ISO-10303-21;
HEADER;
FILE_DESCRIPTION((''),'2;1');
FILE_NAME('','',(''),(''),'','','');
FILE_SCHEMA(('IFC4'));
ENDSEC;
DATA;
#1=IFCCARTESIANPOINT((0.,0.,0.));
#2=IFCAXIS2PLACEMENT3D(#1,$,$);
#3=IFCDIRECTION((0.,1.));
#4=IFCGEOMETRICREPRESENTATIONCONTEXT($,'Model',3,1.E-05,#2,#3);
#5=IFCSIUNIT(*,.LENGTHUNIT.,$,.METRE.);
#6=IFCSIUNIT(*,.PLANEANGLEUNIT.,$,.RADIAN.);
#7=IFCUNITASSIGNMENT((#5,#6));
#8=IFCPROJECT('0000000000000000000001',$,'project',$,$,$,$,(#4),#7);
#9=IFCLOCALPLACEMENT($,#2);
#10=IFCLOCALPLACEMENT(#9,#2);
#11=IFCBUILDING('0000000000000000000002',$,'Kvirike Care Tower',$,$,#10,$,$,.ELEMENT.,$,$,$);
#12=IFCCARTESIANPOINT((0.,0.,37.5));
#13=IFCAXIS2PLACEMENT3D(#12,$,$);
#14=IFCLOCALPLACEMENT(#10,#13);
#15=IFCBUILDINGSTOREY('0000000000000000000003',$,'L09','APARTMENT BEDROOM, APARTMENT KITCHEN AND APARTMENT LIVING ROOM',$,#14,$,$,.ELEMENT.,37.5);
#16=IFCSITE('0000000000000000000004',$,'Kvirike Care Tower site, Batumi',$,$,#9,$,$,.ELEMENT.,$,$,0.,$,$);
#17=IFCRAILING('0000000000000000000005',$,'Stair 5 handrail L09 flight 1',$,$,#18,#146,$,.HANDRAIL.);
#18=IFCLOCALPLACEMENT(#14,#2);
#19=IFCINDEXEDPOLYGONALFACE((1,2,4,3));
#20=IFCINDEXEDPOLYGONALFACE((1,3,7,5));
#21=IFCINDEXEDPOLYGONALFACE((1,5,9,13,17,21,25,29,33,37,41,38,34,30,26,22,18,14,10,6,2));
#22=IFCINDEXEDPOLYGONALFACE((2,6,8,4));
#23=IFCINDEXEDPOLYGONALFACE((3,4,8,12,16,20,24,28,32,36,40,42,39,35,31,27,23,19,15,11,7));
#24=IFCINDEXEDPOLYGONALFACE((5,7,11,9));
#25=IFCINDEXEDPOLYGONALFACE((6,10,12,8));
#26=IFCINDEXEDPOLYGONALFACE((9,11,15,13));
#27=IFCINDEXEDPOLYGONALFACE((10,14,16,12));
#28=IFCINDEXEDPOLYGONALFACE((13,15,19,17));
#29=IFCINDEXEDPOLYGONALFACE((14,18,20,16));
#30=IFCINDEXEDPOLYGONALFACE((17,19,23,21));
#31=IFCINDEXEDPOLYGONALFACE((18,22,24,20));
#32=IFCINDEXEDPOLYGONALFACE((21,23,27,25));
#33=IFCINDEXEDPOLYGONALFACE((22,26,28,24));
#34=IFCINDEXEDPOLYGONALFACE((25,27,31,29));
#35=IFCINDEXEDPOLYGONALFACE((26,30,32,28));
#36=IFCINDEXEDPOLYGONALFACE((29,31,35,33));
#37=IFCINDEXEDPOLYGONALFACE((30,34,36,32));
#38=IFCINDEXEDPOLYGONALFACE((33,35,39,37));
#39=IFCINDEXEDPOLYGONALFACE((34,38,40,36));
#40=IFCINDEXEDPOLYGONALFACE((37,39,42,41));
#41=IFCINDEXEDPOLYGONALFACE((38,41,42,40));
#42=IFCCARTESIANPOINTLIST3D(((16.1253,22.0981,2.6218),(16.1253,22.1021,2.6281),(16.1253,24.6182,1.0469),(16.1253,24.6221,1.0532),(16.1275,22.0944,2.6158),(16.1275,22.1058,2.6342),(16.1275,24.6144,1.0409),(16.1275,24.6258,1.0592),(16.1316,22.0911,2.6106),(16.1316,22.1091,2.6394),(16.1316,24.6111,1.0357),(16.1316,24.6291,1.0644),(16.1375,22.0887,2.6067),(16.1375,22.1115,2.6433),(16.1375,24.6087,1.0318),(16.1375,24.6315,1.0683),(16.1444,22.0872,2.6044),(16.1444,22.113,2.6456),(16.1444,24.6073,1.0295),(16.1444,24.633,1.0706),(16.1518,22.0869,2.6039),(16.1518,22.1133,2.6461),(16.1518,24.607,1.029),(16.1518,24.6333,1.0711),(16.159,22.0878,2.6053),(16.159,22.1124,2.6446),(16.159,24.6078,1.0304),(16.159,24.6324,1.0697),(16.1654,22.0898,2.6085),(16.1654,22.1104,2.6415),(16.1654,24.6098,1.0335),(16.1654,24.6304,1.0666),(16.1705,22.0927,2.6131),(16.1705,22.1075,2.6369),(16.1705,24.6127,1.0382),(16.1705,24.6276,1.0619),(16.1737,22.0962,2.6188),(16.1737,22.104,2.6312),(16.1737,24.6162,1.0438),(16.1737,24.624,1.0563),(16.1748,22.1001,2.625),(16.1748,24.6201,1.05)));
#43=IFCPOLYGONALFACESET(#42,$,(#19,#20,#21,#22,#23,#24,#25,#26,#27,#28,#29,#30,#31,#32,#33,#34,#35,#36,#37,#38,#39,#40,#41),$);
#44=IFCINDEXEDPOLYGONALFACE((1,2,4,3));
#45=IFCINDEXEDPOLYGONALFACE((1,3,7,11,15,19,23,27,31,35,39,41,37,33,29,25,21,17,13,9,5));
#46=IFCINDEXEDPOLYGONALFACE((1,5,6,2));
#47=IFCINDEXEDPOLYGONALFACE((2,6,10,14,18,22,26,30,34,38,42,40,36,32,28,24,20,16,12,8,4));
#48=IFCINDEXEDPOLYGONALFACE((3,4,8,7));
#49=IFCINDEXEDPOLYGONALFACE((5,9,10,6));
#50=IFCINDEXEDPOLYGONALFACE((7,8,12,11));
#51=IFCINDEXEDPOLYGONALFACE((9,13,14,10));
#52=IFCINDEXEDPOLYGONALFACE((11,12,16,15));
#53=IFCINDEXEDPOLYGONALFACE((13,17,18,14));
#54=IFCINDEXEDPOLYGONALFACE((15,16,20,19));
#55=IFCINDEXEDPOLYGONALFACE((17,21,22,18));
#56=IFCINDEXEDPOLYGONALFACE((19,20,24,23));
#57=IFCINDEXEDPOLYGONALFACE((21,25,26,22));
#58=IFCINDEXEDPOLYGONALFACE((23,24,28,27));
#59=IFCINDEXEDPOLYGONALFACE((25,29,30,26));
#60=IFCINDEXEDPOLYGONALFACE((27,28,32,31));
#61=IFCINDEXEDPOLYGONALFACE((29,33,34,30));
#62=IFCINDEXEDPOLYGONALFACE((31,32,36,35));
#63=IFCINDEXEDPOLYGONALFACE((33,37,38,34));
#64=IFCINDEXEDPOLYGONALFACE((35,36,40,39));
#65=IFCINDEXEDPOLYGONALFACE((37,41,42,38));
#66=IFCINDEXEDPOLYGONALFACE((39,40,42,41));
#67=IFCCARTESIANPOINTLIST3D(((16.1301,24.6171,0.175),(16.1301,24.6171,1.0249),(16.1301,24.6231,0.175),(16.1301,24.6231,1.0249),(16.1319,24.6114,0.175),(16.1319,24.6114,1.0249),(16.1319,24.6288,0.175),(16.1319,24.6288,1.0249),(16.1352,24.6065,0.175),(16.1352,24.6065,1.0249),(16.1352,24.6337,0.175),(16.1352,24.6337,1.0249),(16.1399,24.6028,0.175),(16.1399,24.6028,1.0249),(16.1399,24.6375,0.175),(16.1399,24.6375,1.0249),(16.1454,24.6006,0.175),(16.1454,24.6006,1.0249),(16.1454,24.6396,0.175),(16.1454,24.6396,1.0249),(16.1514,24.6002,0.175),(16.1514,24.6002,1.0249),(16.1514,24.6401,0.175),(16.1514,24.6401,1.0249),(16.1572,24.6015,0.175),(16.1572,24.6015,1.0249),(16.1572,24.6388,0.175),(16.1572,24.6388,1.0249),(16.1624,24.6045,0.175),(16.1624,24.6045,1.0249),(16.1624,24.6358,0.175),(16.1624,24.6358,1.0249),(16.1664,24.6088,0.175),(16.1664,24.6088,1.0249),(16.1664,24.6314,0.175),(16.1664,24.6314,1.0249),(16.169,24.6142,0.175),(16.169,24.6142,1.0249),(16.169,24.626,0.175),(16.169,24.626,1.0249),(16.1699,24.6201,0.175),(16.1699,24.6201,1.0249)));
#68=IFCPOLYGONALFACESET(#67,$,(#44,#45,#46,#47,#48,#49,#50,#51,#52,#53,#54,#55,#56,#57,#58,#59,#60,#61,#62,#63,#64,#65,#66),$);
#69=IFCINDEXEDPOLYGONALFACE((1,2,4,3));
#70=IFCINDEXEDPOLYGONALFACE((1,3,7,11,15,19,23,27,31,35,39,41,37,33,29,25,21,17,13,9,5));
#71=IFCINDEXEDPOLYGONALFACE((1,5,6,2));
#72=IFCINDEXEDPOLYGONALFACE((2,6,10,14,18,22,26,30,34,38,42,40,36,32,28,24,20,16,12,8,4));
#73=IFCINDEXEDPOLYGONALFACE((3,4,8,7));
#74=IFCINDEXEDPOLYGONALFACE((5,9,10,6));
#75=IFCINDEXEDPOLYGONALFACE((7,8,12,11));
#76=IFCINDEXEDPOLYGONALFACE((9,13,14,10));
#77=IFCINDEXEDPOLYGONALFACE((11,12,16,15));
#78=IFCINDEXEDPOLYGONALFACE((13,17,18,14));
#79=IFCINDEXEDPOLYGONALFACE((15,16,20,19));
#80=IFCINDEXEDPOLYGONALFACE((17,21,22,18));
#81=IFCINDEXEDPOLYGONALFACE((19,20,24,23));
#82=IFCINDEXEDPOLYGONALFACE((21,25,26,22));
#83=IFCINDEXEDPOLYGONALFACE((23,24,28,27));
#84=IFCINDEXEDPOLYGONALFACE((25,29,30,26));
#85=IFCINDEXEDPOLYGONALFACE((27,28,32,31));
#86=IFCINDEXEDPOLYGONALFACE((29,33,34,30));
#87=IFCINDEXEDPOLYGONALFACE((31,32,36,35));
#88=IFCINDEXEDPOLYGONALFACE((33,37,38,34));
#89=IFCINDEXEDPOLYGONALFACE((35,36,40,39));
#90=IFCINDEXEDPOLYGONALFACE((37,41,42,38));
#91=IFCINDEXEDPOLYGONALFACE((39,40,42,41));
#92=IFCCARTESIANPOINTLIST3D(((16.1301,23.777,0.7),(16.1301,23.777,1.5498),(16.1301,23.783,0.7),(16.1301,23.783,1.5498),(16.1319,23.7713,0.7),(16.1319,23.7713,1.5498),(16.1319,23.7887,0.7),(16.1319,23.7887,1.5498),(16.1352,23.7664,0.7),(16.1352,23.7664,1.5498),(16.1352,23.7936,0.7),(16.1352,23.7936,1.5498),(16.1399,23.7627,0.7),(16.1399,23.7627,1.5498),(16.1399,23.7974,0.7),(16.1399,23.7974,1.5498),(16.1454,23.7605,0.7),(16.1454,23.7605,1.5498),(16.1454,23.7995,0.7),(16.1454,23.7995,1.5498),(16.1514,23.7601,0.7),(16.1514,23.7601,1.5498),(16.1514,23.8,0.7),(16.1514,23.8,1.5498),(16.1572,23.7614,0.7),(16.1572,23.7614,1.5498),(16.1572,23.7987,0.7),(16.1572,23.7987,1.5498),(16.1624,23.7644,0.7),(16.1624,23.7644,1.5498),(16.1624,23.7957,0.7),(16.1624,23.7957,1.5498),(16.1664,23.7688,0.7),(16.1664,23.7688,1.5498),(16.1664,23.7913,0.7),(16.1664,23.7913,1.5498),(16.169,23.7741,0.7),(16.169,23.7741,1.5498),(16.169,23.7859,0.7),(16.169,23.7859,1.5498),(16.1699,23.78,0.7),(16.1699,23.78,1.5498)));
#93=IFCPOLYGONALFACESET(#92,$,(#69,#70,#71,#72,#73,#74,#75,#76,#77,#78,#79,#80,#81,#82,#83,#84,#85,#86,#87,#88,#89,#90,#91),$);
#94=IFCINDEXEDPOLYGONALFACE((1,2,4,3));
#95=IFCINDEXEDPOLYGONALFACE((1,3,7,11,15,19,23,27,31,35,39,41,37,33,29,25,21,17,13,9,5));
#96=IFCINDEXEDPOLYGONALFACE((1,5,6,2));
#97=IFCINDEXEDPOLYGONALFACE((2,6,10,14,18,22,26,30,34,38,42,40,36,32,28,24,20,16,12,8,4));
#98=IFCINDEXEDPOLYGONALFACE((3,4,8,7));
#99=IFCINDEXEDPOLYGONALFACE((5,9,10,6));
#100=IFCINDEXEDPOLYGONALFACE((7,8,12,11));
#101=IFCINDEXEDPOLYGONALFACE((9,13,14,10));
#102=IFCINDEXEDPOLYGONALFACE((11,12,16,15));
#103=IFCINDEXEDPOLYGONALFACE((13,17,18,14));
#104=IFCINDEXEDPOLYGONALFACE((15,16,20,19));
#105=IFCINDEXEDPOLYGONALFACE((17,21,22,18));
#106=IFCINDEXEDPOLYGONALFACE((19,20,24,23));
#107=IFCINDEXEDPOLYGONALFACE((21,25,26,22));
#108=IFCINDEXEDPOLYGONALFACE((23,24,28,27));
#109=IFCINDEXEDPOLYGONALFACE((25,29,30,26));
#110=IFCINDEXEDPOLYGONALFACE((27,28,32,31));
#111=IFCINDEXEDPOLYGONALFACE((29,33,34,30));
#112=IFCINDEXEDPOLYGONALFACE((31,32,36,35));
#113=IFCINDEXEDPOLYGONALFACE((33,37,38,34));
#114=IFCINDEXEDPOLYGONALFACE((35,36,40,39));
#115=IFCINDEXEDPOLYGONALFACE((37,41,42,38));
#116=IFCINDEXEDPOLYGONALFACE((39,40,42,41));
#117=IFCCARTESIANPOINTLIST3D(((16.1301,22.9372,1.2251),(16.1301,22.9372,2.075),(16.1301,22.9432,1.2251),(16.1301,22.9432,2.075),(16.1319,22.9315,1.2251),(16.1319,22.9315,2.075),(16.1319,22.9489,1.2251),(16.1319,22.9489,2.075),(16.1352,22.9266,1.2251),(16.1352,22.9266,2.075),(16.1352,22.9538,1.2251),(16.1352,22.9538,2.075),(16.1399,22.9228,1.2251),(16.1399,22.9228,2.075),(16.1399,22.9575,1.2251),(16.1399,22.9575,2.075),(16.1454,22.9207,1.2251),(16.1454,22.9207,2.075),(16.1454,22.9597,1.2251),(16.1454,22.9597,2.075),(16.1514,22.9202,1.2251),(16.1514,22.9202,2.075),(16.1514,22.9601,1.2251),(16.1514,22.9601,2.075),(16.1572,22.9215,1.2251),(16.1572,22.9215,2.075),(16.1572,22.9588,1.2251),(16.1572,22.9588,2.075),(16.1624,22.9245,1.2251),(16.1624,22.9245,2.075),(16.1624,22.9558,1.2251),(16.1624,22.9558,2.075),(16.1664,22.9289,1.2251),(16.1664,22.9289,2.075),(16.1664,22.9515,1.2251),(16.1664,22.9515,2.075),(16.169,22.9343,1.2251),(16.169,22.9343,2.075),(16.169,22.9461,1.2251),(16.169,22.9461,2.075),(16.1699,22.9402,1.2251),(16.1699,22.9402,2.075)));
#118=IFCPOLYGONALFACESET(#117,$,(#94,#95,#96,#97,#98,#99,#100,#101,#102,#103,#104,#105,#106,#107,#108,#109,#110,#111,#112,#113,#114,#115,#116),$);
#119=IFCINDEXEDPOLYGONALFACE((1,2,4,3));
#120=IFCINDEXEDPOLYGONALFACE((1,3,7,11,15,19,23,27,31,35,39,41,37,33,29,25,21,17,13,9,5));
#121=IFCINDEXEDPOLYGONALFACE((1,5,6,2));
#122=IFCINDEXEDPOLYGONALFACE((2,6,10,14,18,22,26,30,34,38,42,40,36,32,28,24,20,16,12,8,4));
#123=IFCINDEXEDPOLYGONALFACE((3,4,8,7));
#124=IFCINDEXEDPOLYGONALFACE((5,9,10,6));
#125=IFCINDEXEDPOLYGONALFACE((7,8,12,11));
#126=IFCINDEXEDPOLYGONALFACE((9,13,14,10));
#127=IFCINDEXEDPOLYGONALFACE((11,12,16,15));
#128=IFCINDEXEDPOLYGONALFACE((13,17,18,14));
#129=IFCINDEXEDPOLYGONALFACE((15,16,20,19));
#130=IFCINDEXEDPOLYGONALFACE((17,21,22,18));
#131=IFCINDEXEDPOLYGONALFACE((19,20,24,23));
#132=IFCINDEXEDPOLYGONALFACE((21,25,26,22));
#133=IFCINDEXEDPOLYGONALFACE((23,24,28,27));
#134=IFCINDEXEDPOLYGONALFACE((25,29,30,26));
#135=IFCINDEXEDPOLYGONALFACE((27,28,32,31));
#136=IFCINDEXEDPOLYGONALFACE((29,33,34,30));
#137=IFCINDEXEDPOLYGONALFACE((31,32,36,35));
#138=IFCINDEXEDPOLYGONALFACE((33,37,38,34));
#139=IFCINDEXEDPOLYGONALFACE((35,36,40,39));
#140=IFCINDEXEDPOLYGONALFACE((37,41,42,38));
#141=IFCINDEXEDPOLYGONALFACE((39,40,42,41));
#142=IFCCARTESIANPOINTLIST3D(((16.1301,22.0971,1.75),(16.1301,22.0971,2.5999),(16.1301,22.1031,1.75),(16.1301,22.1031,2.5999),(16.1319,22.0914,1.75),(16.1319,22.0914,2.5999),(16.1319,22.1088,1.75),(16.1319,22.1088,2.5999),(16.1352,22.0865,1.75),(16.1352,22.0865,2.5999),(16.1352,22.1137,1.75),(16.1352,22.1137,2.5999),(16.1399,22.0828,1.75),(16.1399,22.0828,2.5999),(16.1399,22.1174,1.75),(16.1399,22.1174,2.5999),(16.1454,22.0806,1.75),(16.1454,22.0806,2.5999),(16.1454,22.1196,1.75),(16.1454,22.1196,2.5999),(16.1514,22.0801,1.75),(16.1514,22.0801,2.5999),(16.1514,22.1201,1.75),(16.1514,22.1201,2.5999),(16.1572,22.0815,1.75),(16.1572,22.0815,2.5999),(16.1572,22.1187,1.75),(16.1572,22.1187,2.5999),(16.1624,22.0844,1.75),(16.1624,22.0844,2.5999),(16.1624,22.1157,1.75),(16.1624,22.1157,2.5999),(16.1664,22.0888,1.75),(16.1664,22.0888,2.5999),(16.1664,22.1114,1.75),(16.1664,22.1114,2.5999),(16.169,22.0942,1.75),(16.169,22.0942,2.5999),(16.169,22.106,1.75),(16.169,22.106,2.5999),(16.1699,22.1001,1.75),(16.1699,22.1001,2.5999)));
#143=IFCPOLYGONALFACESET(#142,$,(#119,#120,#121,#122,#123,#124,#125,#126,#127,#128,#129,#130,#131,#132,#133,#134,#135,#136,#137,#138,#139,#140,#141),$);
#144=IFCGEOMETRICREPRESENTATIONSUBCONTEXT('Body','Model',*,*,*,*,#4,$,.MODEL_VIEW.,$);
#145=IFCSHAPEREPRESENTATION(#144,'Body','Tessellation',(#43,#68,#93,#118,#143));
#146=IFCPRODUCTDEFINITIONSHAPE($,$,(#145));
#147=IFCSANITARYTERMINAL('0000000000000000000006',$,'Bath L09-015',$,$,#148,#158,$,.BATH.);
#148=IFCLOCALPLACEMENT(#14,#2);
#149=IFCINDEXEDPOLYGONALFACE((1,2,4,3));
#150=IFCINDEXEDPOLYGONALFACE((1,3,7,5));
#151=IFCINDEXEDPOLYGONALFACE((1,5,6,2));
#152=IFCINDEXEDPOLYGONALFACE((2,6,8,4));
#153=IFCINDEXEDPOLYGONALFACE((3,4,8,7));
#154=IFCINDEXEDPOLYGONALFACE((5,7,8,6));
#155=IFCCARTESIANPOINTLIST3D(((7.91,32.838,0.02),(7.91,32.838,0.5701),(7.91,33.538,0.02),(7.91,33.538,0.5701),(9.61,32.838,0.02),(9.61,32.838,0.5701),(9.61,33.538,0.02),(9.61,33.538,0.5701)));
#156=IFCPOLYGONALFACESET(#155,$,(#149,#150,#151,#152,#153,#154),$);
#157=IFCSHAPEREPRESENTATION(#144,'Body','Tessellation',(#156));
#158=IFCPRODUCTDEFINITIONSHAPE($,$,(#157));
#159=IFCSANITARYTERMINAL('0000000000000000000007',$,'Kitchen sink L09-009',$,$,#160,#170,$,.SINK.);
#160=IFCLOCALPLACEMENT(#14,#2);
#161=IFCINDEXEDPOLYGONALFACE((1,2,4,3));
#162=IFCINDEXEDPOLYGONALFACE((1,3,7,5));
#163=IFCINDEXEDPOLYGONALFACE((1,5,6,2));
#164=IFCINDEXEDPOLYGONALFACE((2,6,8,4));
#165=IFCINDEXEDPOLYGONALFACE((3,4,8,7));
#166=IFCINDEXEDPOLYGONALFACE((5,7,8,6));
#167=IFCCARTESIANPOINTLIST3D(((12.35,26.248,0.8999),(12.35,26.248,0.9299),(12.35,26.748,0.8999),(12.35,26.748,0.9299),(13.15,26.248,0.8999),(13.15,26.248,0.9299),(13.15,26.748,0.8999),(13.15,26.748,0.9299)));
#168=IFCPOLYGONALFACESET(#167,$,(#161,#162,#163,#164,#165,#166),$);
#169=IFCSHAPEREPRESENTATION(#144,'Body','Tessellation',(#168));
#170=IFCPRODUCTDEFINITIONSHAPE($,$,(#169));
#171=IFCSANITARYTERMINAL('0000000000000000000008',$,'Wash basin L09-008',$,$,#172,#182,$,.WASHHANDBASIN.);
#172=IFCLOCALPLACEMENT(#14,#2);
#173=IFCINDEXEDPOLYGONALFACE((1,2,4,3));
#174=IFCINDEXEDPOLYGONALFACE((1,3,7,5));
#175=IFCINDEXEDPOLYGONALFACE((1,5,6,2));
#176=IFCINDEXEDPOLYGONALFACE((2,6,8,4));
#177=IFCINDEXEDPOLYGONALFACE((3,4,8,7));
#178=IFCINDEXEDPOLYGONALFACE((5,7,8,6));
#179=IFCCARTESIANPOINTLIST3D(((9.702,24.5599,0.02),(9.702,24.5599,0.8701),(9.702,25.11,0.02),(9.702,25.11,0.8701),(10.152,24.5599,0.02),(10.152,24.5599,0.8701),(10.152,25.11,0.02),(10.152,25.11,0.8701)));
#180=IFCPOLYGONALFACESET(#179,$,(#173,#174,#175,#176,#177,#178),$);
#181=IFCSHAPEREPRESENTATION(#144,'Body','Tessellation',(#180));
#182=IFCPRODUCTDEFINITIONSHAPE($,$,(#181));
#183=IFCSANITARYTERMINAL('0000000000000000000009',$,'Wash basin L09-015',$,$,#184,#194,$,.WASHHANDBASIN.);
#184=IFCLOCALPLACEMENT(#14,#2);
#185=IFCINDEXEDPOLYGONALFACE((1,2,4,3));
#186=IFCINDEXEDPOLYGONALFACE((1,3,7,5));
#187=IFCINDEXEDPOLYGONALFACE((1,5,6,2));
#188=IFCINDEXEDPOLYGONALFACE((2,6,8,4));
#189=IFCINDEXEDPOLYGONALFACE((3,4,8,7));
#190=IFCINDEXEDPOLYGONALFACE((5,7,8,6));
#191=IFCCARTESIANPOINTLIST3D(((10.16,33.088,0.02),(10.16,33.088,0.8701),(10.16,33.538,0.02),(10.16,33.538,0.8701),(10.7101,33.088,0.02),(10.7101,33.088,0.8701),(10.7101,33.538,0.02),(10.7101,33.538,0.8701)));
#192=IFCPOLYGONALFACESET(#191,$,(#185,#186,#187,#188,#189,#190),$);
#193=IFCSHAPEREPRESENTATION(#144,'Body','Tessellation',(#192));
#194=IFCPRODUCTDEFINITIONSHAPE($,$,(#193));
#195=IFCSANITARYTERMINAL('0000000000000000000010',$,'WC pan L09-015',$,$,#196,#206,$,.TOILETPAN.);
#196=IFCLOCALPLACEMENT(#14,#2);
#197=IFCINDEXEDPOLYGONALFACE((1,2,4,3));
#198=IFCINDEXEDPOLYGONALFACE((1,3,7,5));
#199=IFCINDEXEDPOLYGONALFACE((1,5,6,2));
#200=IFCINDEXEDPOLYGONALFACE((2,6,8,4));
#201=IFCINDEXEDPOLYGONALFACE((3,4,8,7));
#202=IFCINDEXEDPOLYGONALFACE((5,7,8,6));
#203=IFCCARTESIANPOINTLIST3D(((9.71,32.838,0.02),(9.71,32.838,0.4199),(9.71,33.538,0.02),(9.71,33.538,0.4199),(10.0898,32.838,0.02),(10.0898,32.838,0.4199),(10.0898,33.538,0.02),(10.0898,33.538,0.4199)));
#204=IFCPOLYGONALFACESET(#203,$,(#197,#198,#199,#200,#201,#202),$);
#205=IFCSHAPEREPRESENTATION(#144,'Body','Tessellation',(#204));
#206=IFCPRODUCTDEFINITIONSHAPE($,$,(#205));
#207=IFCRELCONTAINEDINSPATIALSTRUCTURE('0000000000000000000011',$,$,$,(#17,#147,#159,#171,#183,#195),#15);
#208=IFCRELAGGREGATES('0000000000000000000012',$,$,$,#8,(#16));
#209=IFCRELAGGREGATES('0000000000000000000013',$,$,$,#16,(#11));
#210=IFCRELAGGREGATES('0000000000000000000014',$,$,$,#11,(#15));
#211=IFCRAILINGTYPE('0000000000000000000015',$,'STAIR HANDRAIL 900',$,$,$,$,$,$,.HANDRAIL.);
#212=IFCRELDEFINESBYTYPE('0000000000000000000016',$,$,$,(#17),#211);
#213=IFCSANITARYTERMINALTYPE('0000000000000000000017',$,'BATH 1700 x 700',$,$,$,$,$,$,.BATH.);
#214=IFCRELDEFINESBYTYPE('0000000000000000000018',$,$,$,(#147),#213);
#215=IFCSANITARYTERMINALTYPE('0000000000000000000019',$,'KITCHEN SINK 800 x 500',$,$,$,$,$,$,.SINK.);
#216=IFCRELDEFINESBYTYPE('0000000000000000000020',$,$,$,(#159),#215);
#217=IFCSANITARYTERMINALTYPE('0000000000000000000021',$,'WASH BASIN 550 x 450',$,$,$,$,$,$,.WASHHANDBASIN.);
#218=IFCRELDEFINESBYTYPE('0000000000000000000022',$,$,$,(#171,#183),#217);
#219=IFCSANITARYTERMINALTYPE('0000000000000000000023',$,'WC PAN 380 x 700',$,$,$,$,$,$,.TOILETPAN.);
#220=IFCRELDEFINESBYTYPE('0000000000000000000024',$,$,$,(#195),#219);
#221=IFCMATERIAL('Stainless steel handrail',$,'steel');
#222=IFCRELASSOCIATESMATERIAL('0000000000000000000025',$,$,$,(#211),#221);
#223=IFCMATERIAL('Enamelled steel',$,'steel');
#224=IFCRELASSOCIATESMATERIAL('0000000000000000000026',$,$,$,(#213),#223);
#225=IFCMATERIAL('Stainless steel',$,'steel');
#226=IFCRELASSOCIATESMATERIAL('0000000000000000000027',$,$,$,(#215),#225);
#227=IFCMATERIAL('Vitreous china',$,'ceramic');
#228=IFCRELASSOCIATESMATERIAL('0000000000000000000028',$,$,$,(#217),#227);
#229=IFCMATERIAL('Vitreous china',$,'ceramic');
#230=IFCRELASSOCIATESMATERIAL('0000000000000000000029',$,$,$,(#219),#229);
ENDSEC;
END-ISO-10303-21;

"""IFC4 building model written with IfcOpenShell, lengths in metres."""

from ifc_helpers import new_model, si_unit, direction, frame, origin, origin_2d, place, context, subcontext, project, spatial, rectangle, circle, extrude, material, type_object, element, save


model = new_model("IFC4")

# Units and contexts
model_context = context("Model", 3, precision=1e-05, world=origin(), true_north=direction((0.0, 1.0)))
body_context = subcontext(model_context, "Body", "Model", "MODEL_VIEW")
ifc_project = project(units=[si_unit("LENGTHUNIT", "METRE"), si_unit("PLANEANGLEUNIT", "RADIAN")], contexts=[model_context])

# Site, building, storey
site_placement = place(None, origin())
site = spatial("IfcSite", under=ifc_project, at=site_placement, Name="Kvirike Care Tower site, Batumi", CompositionType="ELEMENT", RefElevation=0.0)
building_placement = place(site_placement, origin())
building = spatial("IfcBuilding", under=site, at=building_placement, Name="Kvirike Care Tower", CompositionType="ELEMENT")
storey_placement = place(building_placement, frame((0.0, 0.0, 37.5)))
storey = spatial("IfcBuildingStorey", under=building, at=storey_placement, Name="L09", Description="APARTMENT BEDROOM, APARTMENT KITCHEN AND APARTMENT LIVING ROOM", CompositionType="ELEMENT", Elevation=37.5)

# Railing
ifc_material_1 = material(Name="Stainless steel handrail", Category="steel")
railing_type = type_object("IfcRailingType", Name="STAIR HANDRAIL 900", PredefinedType="HANDRAIL", material=ifc_material_1)
railing_placement = place(storey_placement, frame((16.1499, 24.6201, 0.175)))
element("IfcRailing", 1, at=railing_placement, inside=storey, type_object=railing_type, Name="Stair 5 handrail L09 flight 1", PredefinedType="HANDRAIL", context=body_context, shape_type="SweptSolid", body=[
    extrude(circle(Radius=0.0249, at=origin_2d()), frame((0.0, 0.0, 0.875), z_axis=(0.0, -0.848008, 0.529984), x_axis=(1.0, 0.0, 0.0)), (0.0, 0.0, 1.0), 2.9717),
    extrude(circle(Radius=0.02, at=origin_2d()), origin(), (0.0, 0.0, 1.0), 0.8499),
    extrude(circle(Radius=0.02, at=origin_2d()), frame((0.0, -0.8401, 0.5249)), (0.0, 0.0, 1.0), 0.8499),
    extrude(circle(Radius=0.02, at=origin_2d()), frame((0.0, -1.6799, 1.05)), (0.0, 0.0, 1.0), 0.8499),
    extrude(circle(Radius=0.02, at=origin_2d()), frame((0.0, -2.52, 1.575)), (0.0, 0.0, 1.0), 0.8499),
])

# Sanitary terminals
ifc_material_2 = material(Name="Enamelled steel", Category="steel")
sanitary_terminal_type_1 = type_object("IfcSanitaryTerminalType", Name="BATH 1700 x 700", PredefinedType="BATH", material=ifc_material_2)
sanitary_terminal_1_placement = place(storey_placement, frame((8.76, 33.188, 0.02), z_axis=(0.0, 0.0, 1.0), x_axis=(1.0, 0.0, 0.0)))
element("IfcSanitaryTerminal", 2, at=sanitary_terminal_1_placement, inside=storey, type_object=sanitary_terminal_type_1, Name="Bath L09-015", PredefinedType="BATH", context=body_context, shape_type="SweptSolid", body=[
    extrude(rectangle(XDim=1.7, YDim=0.7, at=origin_2d()), origin(), (0.0, 0.0, 1.0), 0.55),
])
ifc_material_3 = material(Name="Stainless steel", Category="steel")
sanitary_terminal_type_2 = type_object("IfcSanitaryTerminalType", Name="KITCHEN SINK 800 x 500", PredefinedType="SINK", material=ifc_material_3)
sanitary_terminal_2_placement = place(storey_placement, frame((12.75, 26.498, 0.8999), z_axis=(0.0, 0.0, 1.0), x_axis=(1.0, 0.0, 0.0)))
element("IfcSanitaryTerminal", 3, at=sanitary_terminal_2_placement, inside=storey, type_object=sanitary_terminal_type_2, Name="Kitchen sink L09-009", PredefinedType="SINK", context=body_context, shape_type="SweptSolid", body=[
    extrude(rectangle(XDim=0.8, YDim=0.5, at=origin_2d()), origin(), (0.0, 0.0, 1.0), 0.03),
])
ifc_material_4 = material(Name="Vitreous china", Category="ceramic")
sanitary_terminal_type_3 = type_object("IfcSanitaryTerminalType", Name="WASH BASIN 550 x 450", PredefinedType="WASHHANDBASIN", material=ifc_material_4)
for number, where, z_axis, x_axis, name in (
    (4, (9.927, 24.835, 0.02), (0.0, 0.0, 1.0), (0.0, 1.0, 0.0), "Wash basin L09-008"),
    (5, (10.4351, 33.313, 0.02), (0.0, 0.0, 1.0), (1.0, 0.0, 0.0), "Wash basin L09-015"),
):
    element("IfcSanitaryTerminal", number, at=place(storey_placement, frame(where, z_axis=z_axis, x_axis=x_axis)), inside=storey, type_object=sanitary_terminal_type_3, Name=name, PredefinedType="WASHHANDBASIN", context=body_context, shape_type="SweptSolid", body=[
        extrude(rectangle(XDim=0.55, YDim=0.45, at=origin_2d()), origin(), (0.0, 0.0, 1.0), 0.8501),
    ])
ifc_material_5 = material(Name="Vitreous china", Category="ceramic")
sanitary_terminal_type_4 = type_object("IfcSanitaryTerminalType", Name="WC PAN 380 x 700", PredefinedType="TOILETPAN", material=ifc_material_5)
sanitary_terminal_3_placement = place(storey_placement, frame((9.8999, 33.188, 0.02), z_axis=(0.0, 0.0, 1.0), x_axis=(1.0, 0.0, 0.0)))
element("IfcSanitaryTerminal", 6, at=sanitary_terminal_3_placement, inside=storey, type_object=sanitary_terminal_type_4, Name="WC pan L09-015", PredefinedType="TOILETPAN", context=body_context, shape_type="SweptSolid", body=[
    extrude(rectangle(XDim=0.3799, YDim=0.7, at=origin_2d()), origin(), (0.0, 0.0, 1.0), 0.3999),
])

save(model, "model.ifc")
